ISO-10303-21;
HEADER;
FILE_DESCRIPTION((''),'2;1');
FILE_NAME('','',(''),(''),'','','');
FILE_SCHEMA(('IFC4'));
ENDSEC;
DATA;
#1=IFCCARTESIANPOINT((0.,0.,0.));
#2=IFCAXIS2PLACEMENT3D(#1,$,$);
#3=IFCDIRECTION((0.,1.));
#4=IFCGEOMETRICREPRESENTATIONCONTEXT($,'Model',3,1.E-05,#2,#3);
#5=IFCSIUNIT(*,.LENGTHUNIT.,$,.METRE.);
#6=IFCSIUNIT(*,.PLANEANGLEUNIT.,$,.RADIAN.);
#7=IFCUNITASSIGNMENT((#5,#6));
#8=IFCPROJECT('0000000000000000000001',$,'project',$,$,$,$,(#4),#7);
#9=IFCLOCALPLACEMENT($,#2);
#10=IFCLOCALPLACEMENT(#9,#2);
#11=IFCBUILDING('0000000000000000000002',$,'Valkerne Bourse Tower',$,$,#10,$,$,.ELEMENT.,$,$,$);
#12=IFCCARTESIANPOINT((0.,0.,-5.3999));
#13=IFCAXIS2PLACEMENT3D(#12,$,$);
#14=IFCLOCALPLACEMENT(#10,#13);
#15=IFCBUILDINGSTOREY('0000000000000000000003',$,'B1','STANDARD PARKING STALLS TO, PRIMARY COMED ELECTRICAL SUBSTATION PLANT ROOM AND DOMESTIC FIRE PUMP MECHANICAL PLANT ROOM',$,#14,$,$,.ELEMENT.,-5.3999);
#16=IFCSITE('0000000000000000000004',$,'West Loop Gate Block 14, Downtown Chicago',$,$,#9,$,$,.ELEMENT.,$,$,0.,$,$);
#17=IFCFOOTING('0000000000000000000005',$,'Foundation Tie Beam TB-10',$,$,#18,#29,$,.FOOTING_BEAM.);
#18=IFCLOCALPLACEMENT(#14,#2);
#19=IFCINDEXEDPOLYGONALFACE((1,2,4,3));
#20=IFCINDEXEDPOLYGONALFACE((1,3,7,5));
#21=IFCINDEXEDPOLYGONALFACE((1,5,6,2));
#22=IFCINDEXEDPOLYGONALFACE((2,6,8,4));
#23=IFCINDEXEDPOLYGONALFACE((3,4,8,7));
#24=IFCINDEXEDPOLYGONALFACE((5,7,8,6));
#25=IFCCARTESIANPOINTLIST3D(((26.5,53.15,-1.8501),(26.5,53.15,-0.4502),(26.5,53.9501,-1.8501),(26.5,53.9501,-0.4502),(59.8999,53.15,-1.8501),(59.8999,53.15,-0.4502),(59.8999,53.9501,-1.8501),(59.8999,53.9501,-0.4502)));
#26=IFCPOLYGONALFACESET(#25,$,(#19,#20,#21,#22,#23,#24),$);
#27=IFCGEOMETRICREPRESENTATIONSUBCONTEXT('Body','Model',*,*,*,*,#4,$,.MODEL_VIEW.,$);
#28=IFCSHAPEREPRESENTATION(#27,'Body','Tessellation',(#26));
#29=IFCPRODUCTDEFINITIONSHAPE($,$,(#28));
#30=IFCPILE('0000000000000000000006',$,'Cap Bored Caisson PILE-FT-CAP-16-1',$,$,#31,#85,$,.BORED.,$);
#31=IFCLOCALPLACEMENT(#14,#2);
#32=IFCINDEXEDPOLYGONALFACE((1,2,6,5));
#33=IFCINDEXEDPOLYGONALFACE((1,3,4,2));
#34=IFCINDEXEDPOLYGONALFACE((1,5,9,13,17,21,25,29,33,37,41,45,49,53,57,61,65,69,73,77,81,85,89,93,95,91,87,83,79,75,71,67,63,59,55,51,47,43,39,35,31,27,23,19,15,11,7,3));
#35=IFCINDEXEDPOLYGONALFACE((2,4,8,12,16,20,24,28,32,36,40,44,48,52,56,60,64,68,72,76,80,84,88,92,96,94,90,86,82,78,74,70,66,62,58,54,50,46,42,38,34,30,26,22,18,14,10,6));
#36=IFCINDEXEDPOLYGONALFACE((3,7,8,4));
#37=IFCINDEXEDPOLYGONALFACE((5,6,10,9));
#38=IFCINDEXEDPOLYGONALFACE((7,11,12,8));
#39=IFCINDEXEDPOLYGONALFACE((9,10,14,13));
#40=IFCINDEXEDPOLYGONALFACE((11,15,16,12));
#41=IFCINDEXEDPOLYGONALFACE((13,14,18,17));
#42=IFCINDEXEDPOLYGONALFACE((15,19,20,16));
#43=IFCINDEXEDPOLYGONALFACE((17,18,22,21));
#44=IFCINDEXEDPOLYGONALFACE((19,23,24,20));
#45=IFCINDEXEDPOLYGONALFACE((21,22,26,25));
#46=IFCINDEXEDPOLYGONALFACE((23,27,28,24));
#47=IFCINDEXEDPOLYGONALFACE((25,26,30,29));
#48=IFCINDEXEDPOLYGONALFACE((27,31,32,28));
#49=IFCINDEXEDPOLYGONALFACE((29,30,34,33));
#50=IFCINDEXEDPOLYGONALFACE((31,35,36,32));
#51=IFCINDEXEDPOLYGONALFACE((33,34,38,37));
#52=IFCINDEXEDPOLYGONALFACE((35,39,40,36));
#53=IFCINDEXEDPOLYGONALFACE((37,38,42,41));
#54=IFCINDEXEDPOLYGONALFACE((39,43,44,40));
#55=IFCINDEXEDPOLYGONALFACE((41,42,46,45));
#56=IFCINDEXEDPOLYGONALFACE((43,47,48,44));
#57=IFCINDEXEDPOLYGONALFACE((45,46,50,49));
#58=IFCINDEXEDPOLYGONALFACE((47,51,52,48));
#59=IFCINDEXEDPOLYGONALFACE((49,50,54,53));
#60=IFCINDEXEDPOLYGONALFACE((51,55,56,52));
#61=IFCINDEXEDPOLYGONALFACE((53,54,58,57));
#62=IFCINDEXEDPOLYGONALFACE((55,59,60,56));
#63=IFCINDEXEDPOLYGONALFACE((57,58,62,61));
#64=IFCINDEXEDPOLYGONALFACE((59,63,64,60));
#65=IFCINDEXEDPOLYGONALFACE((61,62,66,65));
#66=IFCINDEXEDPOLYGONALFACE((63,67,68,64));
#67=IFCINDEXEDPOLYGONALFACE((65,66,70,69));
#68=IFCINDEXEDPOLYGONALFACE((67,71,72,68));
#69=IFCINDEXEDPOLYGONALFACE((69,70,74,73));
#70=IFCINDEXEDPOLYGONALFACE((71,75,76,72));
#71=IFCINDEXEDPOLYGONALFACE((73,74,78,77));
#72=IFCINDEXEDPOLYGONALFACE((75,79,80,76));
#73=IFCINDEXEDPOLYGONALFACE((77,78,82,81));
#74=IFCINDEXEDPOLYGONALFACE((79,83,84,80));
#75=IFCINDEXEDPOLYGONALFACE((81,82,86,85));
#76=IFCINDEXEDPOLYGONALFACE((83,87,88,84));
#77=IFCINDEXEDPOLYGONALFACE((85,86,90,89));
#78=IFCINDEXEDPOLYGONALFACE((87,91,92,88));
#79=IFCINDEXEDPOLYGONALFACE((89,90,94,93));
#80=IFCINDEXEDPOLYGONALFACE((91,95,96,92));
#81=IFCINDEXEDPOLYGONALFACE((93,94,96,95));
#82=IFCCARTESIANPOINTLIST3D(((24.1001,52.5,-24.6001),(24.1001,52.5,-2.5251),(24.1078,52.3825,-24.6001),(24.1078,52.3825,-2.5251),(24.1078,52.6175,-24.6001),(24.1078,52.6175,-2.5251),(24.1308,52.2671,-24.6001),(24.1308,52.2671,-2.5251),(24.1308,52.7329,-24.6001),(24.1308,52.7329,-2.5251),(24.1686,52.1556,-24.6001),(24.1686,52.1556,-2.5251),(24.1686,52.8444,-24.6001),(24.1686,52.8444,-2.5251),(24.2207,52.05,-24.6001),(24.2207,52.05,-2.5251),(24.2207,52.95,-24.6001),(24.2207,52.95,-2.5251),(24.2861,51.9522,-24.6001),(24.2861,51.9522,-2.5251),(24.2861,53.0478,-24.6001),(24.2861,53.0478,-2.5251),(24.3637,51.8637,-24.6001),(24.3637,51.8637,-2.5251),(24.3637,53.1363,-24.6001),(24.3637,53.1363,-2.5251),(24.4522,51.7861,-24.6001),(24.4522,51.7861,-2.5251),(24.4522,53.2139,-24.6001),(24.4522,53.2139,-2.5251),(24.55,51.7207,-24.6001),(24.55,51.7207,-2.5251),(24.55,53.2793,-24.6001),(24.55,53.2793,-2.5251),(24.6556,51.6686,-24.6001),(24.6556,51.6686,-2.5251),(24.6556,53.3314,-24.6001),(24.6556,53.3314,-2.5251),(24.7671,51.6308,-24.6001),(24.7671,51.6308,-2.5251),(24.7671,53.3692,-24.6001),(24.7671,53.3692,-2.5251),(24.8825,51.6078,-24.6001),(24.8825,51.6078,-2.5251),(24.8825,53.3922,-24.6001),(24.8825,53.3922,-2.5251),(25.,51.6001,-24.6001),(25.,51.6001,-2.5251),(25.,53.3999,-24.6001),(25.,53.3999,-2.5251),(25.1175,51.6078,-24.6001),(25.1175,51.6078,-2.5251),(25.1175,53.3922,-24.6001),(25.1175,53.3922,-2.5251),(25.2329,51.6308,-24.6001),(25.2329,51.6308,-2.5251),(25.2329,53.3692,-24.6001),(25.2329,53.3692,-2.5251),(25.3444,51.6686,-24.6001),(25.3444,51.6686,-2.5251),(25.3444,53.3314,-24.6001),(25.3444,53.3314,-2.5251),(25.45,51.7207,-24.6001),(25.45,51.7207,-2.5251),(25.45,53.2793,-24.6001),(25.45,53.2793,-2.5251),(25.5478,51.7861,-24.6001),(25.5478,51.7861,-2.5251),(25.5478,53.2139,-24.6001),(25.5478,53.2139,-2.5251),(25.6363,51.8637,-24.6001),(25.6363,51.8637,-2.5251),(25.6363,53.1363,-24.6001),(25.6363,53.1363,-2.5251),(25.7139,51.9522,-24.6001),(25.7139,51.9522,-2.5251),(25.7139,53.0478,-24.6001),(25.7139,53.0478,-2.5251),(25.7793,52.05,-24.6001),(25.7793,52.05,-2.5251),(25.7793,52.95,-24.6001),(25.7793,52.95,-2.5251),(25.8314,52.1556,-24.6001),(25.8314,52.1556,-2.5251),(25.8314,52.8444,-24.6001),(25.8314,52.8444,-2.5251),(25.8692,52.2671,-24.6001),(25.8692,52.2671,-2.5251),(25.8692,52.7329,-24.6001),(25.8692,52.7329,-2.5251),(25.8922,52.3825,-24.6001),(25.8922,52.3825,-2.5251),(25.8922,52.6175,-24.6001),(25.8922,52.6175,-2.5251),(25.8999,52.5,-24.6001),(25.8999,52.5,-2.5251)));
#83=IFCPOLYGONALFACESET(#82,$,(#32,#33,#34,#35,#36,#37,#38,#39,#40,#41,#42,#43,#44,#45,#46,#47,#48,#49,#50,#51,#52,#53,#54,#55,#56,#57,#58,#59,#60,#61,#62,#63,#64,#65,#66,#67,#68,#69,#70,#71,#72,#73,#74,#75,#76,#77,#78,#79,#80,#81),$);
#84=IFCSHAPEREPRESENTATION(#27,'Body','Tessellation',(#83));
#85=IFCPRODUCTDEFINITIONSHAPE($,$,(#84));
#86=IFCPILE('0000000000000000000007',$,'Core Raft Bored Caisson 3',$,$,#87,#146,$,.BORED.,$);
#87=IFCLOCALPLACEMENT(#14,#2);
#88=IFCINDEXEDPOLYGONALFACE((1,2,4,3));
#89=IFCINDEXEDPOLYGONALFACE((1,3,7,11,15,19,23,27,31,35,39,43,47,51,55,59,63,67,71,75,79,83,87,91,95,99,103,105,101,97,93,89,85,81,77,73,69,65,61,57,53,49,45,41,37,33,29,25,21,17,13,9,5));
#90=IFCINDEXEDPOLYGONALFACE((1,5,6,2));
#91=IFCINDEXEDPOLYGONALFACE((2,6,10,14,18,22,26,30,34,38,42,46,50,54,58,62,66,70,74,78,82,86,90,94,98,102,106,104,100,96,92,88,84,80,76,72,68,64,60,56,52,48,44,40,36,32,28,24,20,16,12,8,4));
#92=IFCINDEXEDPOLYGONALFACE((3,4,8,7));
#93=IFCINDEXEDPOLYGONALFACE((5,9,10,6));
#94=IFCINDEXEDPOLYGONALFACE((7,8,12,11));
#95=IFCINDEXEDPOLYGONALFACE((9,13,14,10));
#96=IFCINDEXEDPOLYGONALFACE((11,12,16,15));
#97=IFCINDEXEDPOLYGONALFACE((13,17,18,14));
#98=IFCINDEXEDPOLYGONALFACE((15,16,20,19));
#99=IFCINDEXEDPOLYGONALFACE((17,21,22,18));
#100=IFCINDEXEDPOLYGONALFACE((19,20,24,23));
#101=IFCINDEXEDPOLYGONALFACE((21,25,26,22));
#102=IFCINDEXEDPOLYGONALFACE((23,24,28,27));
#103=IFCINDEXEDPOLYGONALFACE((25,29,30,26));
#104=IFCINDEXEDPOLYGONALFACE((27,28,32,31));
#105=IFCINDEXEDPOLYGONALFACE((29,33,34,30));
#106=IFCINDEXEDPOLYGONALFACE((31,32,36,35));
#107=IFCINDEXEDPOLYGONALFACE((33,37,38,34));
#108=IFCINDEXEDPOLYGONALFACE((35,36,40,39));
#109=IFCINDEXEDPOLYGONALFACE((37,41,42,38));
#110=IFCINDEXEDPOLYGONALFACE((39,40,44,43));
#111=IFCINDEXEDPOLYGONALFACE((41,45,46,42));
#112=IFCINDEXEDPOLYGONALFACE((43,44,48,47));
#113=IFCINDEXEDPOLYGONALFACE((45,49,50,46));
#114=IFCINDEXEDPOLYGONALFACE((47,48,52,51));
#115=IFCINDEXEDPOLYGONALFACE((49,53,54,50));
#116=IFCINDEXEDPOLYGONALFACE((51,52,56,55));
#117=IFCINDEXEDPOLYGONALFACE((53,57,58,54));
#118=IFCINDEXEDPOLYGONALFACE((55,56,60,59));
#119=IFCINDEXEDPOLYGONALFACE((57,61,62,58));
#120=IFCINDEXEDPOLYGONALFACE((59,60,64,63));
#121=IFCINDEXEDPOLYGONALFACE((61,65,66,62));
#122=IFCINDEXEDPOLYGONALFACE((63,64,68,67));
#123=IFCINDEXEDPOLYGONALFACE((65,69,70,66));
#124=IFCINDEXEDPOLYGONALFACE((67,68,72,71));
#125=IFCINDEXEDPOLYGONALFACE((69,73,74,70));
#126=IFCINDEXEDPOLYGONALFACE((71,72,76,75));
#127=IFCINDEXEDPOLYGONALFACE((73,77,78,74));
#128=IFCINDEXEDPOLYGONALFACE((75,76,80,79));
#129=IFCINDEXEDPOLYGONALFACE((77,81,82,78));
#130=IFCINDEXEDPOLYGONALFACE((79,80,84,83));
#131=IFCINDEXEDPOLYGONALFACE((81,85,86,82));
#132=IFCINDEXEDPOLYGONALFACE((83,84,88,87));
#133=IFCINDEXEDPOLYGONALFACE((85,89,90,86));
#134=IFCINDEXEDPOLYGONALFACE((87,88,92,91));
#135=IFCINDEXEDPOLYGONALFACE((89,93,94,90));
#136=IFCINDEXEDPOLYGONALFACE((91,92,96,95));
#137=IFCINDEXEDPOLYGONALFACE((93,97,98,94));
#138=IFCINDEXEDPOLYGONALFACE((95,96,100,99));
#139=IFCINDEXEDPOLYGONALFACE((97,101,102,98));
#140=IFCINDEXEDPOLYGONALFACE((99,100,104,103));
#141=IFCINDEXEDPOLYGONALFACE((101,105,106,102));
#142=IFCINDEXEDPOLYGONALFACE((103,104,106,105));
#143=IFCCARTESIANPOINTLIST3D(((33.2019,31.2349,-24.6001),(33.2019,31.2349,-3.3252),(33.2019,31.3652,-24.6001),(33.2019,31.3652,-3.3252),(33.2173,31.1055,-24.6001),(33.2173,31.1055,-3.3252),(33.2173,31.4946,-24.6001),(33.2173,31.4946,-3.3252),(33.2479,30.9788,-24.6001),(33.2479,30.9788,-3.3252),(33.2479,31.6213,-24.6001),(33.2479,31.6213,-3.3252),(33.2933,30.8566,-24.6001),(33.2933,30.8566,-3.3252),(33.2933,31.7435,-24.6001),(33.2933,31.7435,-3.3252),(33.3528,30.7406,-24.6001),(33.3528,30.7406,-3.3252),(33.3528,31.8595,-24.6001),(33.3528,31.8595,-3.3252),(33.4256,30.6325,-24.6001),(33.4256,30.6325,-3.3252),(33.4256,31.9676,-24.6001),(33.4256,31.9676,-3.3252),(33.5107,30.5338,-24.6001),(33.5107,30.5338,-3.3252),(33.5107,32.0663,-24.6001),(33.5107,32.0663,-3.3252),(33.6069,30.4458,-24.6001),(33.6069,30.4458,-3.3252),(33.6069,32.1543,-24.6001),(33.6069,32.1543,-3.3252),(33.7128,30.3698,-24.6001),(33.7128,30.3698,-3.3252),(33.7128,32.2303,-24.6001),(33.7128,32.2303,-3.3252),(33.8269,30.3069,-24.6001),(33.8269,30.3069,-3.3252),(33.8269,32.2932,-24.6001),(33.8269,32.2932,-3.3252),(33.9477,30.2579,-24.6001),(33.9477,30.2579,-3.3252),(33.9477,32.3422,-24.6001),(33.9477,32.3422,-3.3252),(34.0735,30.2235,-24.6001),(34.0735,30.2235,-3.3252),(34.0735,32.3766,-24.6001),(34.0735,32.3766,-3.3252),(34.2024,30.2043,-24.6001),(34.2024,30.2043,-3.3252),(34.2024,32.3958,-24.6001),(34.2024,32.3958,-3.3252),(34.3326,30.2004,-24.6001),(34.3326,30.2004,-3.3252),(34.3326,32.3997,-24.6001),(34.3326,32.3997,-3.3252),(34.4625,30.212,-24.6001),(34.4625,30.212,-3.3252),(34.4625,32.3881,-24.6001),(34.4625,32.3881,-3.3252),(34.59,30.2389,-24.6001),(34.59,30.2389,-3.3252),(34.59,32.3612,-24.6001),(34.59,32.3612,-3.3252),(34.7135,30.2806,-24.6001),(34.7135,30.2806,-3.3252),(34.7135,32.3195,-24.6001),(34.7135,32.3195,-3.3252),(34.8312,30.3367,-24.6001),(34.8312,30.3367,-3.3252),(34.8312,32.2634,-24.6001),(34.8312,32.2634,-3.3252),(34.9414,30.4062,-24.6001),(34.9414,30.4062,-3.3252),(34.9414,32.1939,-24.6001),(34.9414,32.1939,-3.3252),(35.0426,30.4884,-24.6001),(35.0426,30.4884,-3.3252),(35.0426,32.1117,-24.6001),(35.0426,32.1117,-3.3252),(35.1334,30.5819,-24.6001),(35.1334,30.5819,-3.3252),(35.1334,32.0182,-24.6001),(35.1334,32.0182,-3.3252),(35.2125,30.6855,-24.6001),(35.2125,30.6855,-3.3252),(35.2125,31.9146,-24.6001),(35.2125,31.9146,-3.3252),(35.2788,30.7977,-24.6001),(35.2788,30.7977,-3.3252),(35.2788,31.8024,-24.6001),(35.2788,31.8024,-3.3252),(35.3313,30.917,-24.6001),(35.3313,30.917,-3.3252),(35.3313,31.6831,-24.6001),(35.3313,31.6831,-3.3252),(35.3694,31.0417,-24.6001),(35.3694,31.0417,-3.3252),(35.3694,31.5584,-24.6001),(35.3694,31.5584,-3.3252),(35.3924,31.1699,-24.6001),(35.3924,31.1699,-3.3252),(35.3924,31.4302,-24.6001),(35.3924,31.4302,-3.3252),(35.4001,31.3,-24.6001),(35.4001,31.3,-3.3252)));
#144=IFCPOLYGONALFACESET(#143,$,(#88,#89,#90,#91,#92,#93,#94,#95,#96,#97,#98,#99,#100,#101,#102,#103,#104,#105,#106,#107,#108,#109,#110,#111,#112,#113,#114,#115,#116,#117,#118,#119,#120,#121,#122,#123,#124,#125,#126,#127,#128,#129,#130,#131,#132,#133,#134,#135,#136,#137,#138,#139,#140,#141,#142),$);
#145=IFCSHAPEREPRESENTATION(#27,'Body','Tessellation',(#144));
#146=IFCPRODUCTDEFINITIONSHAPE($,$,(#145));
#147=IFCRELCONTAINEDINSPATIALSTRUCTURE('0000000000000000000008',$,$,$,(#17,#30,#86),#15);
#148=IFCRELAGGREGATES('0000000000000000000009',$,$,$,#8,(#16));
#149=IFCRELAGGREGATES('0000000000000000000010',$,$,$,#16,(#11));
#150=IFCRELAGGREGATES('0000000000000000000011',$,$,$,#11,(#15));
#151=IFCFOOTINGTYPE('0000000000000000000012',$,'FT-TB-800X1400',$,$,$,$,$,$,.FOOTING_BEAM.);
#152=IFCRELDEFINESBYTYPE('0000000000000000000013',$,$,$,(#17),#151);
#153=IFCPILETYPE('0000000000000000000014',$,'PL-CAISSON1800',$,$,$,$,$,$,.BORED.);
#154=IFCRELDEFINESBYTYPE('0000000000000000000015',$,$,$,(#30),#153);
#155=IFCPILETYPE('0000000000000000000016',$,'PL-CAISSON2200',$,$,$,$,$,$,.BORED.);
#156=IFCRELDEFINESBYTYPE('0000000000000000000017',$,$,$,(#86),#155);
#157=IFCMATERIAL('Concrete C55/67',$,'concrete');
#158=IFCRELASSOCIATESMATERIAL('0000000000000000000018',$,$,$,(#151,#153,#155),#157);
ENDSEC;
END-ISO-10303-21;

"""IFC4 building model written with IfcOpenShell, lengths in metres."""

from ifc_helpers import new_model, si_unit, direction, frame, origin, origin_2d, place, context, subcontext, project, spatial, rectangle, circle, extrude, material, material_profile, profile_set, type_object, element, save


model = new_model("IFC4")

# Units and contexts
model_context = context("Model", 3, precision=1e-05, world=origin(), true_north=direction((0.0, 1.0)))
body_context = subcontext(model_context, "Body", "Model", "MODEL_VIEW")
ifc_project = project(units=[si_unit("LENGTHUNIT", "METRE"), si_unit("PLANEANGLEUNIT", "RADIAN")], contexts=[model_context])

# Site, building, storey
site_placement = place(None, origin())
site = spatial("IfcSite", under=ifc_project, at=site_placement, Name="West Loop Gate Block 14, Downtown Chicago", CompositionType="ELEMENT", RefElevation=0.0)
building_placement = place(site_placement, origin())
building = spatial("IfcBuilding", under=site, at=building_placement, Name="Valkerne Bourse Tower", CompositionType="ELEMENT")
storey_placement = place(building_placement, frame((0.0, 0.0, -5.3999)))
storey = spatial("IfcBuildingStorey", under=building, at=storey_placement, Name="B1", Description="STANDARD PARKING STALLS TO, PRIMARY COMED ELECTRICAL SUBSTATION PLANT ROOM AND DOMESTIC FIRE PUMP MECHANICAL PLANT ROOM", CompositionType="ELEMENT", Elevation=-5.3999)

# Footing
ifc_material_1 = material(Name="Concrete C55/67", Category="concrete")
ifc_material_profile_1 = material_profile(ifc_material_1, rectangle(XDim=0.8, YDim=1.3999, at=origin_2d()), Name="RC800X1400")
ifc_profile_set_1 = profile_set([ifc_material_profile_1], Name="Concrete C55/67")
footing_type = type_object("IfcFootingType", Name="FT-TB-800X1400", PredefinedType="FOOTING_BEAM", material=ifc_profile_set_1)
footing_placement = place(storey_placement, frame((26.5, 53.55, -1.1501), z_axis=(1.0, 0.0, 0.0), x_axis=(0.0, 1.0, 0.0)))
element("IfcFooting", 1, at=footing_placement, inside=storey, type_object=footing_type, Name="Foundation Tie Beam TB-10", PredefinedType="FOOTING_BEAM", context=body_context, shape_type="SweptSolid", body=[
    extrude(rectangle(XDim=0.8, YDim=1.3999, at=origin_2d()), origin(), (0.0, 0.0, 1.0), 33.3999),
])

# Piles
ifc_material_profile_2 = material_profile(ifc_material_1, circle(Radius=0.8999, at=origin_2d()), Name="CAISSON1800")
ifc_profile_set_2 = profile_set([ifc_material_profile_2], Name="Concrete C55/67")
pile_type_1 = type_object("IfcPileType", Name="PL-CAISSON1800", PredefinedType="BORED", material=ifc_profile_set_2)
pile_placement = place(storey_placement, frame((25.0, 52.5, -2.5251), z_axis=(0.0, 0.0, -1.0), x_axis=(1.0, 0.0, 0.0)))
element("IfcPile", 2, at=pile_placement, inside=storey, type_object=pile_type_1, Name="Cap Bored Caisson PILE-FT-CAP-16-1", PredefinedType="BORED", context=body_context, shape_type="SweptSolid", body=[
    extrude(circle(Radius=0.8999, at=origin_2d()), origin(), (0.0, 0.0, 1.0), 22.075),
])
ifc_material_profile_3 = material_profile(ifc_material_1, circle(Radius=1.1001, at=origin_2d()), Name="CAISSON2200")
ifc_profile_set_3 = profile_set([ifc_material_profile_3], Name="Concrete C55/67")
pile_type_2 = type_object("IfcPileType", Name="PL-CAISSON2200", PredefinedType="BORED", material=ifc_profile_set_3)
for number, where, z_axis, x_axis, name in (
    (3, (34.3, 31.3, -3.3252), (0.0, 0.0, -1.0), (1.0, 0.0, 0.0), "Core Raft Bored Caisson 3"),
):
    element("IfcPile", number, at=place(storey_placement, frame(where, z_axis=z_axis, x_axis=x_axis)), inside=storey, type_object=pile_type_2, Name=name, PredefinedType="BORED", context=body_context, shape_type="SweptSolid", body=[
        extrude(circle(Radius=1.1001, at=origin_2d()), origin(), (0.0, 0.0, 1.0), 21.2749),
    ])

save(model, "model.ifc")
